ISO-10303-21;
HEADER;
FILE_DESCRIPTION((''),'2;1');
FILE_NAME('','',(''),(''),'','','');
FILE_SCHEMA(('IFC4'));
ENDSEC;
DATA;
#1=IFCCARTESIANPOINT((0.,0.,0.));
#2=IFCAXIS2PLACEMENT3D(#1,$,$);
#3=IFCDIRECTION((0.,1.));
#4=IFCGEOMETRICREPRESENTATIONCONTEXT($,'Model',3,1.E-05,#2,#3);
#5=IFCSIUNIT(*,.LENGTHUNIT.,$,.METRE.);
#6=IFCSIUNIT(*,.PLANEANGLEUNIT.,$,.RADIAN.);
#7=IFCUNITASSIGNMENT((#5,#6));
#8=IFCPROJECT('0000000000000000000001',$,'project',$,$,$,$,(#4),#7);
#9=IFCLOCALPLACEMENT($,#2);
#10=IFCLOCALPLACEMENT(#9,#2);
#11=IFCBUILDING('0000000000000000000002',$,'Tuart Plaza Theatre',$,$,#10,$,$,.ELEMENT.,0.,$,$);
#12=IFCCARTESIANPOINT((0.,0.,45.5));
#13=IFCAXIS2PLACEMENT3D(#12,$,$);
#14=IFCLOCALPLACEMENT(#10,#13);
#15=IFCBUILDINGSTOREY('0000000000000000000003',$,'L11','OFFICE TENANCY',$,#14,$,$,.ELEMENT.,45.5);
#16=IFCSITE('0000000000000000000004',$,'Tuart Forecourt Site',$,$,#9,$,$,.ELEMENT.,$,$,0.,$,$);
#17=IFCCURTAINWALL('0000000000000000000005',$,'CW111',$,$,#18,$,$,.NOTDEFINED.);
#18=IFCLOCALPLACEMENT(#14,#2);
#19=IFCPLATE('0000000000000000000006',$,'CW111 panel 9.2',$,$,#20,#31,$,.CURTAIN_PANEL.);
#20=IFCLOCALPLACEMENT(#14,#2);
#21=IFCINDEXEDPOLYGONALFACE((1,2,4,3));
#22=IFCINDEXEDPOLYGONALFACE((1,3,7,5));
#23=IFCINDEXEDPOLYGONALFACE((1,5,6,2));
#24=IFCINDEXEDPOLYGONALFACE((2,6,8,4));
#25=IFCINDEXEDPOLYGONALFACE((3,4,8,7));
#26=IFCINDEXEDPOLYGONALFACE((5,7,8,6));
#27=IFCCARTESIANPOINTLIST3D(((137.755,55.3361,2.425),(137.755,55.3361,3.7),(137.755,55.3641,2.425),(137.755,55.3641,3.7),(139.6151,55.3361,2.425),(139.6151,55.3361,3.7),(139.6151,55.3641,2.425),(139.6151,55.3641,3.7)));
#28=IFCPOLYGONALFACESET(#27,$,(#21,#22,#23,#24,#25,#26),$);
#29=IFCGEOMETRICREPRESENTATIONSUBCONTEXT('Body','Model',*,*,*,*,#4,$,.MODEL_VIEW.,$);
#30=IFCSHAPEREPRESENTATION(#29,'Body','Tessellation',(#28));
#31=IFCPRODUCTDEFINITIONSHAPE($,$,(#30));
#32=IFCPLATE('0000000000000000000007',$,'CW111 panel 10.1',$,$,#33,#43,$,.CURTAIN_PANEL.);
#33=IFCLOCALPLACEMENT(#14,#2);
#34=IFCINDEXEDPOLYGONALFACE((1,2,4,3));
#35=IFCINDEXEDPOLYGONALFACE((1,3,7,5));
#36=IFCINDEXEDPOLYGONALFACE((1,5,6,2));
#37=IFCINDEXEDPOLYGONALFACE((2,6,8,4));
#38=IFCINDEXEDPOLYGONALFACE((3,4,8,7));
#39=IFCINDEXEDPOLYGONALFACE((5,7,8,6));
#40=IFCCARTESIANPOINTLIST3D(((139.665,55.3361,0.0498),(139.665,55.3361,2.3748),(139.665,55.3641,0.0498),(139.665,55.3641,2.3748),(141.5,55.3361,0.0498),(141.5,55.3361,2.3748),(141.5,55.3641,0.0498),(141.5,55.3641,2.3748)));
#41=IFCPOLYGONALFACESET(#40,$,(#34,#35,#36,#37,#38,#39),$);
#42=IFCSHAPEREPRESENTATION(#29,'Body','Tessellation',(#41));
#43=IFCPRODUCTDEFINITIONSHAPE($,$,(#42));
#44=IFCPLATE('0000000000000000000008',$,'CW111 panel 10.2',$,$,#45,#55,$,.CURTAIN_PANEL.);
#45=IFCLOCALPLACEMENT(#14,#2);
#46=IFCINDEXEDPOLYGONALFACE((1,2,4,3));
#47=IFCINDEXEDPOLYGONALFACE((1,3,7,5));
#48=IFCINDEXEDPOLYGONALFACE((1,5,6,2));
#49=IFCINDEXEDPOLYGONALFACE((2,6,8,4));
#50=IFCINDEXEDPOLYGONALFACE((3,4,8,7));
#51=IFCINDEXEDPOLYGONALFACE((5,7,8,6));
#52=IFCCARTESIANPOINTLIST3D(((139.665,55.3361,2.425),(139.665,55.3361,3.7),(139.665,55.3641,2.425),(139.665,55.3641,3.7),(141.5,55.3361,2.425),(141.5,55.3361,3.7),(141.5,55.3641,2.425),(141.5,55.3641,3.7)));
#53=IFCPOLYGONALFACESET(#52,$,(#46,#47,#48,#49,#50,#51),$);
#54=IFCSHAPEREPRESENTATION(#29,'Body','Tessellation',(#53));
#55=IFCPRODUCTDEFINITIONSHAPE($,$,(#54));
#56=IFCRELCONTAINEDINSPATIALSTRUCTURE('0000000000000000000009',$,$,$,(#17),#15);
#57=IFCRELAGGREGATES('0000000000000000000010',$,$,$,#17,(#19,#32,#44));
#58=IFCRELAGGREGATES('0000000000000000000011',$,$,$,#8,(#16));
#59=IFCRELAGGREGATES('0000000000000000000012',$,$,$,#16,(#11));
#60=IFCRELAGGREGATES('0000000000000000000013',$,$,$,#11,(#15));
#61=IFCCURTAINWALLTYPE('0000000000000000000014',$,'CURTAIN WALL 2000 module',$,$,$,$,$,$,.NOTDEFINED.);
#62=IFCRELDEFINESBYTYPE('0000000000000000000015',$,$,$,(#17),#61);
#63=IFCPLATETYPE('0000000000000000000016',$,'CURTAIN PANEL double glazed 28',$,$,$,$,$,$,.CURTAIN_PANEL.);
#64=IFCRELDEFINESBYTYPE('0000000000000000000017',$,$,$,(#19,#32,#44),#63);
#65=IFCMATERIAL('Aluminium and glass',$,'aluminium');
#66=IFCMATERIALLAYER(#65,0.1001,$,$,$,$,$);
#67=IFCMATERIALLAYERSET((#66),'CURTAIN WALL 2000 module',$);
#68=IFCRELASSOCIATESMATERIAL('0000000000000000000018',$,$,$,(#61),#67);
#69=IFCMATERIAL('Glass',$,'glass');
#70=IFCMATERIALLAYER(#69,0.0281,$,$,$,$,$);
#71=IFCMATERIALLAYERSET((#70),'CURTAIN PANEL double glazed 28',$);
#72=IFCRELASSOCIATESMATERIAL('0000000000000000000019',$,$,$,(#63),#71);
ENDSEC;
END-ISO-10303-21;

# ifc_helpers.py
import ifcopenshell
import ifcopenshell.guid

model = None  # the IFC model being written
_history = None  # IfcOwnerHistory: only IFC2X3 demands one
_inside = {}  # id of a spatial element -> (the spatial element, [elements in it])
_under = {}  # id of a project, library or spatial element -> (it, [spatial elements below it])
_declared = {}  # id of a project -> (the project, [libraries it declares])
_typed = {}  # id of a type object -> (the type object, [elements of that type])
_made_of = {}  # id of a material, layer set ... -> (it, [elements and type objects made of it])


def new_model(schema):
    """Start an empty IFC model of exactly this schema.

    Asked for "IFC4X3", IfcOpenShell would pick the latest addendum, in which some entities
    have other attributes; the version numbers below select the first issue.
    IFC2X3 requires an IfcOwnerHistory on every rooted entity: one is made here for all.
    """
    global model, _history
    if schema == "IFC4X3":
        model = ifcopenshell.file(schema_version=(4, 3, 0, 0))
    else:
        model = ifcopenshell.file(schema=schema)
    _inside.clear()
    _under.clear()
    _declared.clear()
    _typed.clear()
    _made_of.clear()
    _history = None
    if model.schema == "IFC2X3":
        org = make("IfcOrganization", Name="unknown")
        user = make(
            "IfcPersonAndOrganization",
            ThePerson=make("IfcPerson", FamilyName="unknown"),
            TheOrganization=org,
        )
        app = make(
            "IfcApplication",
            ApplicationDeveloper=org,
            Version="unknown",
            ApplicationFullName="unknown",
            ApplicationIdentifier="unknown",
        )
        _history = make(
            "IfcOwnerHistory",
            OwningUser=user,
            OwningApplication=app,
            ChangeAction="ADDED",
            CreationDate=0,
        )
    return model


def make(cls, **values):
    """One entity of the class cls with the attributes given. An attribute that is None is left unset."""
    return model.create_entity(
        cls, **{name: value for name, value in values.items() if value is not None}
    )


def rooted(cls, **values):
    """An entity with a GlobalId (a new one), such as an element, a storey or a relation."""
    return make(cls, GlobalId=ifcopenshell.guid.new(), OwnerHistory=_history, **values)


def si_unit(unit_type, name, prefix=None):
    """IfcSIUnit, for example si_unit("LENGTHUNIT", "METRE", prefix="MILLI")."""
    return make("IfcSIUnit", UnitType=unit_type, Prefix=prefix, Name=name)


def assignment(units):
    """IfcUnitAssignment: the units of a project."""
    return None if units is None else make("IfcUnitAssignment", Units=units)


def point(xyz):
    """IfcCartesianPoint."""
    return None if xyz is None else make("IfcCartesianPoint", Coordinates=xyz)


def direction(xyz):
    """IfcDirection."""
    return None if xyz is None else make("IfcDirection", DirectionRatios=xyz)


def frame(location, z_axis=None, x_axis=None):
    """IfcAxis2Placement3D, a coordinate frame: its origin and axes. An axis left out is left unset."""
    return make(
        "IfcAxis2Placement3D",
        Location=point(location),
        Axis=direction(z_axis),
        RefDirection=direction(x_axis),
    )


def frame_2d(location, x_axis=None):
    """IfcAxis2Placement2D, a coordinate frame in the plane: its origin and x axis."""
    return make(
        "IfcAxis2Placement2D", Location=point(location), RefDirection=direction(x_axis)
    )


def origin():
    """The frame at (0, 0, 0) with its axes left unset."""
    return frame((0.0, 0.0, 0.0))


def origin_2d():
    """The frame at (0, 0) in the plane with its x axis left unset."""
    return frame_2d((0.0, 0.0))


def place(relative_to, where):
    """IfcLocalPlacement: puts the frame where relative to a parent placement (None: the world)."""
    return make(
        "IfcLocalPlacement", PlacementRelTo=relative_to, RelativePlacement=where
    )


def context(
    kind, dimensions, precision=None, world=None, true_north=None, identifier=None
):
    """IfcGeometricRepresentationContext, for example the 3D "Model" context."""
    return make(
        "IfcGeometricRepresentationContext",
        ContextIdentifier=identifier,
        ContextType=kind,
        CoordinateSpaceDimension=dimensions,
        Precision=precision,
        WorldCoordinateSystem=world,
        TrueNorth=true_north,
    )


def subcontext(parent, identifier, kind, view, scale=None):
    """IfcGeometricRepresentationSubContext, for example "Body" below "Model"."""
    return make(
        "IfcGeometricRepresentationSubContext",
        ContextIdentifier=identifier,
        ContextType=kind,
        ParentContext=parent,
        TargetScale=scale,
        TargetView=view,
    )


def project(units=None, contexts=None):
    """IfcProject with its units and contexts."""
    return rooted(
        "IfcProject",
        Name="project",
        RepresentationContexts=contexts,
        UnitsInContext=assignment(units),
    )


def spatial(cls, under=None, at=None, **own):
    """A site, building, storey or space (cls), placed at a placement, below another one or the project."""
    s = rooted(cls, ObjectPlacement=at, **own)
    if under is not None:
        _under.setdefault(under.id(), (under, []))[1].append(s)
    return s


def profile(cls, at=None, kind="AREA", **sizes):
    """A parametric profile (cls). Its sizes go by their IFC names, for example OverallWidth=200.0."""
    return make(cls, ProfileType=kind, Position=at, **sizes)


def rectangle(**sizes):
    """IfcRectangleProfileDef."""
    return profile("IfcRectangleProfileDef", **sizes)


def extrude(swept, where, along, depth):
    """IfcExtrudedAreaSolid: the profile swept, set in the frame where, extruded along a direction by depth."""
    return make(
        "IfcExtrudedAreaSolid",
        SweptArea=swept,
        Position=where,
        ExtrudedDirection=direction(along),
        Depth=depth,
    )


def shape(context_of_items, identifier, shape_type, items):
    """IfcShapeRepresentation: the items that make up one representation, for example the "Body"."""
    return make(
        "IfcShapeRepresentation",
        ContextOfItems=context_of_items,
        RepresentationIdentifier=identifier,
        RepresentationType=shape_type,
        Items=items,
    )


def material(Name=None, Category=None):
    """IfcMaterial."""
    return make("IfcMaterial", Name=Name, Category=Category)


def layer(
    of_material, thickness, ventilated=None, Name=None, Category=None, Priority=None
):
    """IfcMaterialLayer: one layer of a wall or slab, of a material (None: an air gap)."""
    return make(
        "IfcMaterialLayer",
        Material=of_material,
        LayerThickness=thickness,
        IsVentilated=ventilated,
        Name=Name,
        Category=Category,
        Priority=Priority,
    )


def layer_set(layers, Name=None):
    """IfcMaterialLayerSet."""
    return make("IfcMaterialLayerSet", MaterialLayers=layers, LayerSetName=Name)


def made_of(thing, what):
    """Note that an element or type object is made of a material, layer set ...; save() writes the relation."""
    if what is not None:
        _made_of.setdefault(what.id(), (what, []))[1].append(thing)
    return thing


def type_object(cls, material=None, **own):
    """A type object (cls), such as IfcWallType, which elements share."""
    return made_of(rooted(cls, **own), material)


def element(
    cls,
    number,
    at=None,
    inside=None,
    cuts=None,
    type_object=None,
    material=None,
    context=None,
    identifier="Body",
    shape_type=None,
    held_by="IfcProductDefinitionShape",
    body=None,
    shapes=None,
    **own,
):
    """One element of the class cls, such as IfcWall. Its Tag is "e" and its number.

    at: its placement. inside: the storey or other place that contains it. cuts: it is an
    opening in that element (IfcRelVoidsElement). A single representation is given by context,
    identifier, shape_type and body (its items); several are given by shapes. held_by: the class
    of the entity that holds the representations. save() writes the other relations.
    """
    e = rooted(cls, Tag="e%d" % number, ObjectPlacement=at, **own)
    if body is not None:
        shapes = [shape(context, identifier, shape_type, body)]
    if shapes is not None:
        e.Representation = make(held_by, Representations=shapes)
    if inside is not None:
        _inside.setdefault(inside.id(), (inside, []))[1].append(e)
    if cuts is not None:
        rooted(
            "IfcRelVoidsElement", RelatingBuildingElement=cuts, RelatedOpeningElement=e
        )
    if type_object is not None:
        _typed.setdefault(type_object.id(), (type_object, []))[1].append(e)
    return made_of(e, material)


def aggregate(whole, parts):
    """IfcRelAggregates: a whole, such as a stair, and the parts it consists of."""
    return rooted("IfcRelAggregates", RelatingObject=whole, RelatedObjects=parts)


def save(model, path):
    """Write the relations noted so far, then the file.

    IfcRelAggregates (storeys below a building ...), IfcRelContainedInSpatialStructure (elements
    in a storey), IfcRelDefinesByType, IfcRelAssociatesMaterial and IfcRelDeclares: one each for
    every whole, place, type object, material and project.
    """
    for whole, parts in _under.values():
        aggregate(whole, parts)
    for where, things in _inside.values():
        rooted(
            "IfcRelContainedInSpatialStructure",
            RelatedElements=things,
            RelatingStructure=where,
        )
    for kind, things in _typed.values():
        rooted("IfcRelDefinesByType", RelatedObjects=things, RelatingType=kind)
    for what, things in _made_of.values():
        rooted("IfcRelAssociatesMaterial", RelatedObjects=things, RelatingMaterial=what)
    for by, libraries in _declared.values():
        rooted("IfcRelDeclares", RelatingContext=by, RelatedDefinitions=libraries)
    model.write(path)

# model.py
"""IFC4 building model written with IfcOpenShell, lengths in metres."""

from ifc_helpers import new_model, si_unit, direction, frame, origin, origin_2d, place, context, subcontext, project, spatial, rectangle, extrude, material, layer, layer_set, type_object, element, aggregate, save


model = new_model("IFC4")

# Units and contexts
model_context = context("Model", 3, precision=1e-05, world=origin(), true_north=direction((0.0, 1.0)))
body_context = subcontext(model_context, "Body", "Model", "MODEL_VIEW")
ifc_project = project(units=[si_unit("LENGTHUNIT", "METRE"), si_unit("PLANEANGLEUNIT", "RADIAN")], contexts=[model_context])

# Site, building, storey
site_placement = place(None, origin())
site = spatial("IfcSite", under=ifc_project, at=site_placement, Name="Tuart Forecourt Site", CompositionType="ELEMENT", RefElevation=0.0)
building_placement = place(site_placement, origin())
building = spatial("IfcBuilding", under=site, at=building_placement, Name="Tuart Plaza Theatre", CompositionType="ELEMENT", ElevationOfRefHeight=0.0)
storey_placement = place(building_placement, frame((0.0, 0.0, 45.5)))
storey = spatial("IfcBuildingStorey", under=building, at=storey_placement, Name="L11", Description="OFFICE TENANCY", CompositionType="ELEMENT", Elevation=45.5)

# Shared definitions
ifc_material_1 = material(Name="Aluminium and glass", Category="aluminium")
ifc_layer_1 = layer(ifc_material_1, 0.1001)
ifc_layer_set_1 = layer_set([ifc_layer_1], Name="CURTAIN WALL 2000 module")
curtain_wall_type = type_object("IfcCurtainWallType", Name="CURTAIN WALL 2000 module", PredefinedType="NOTDEFINED", material=ifc_layer_set_1)

# Curtain wall
curtain_wall_1_placement = place(storey_placement, origin())
curtain_wall_1 = element("IfcCurtainWall", 1, at=curtain_wall_1_placement, inside=storey, type_object=curtain_wall_type, Name="CW111", PredefinedType="NOTDEFINED")

# Plates
ifc_material_2 = material(Name="Glass", Category="glass")
ifc_layer_2 = layer(ifc_material_2, 0.0281)
ifc_layer_set_2 = layer_set([ifc_layer_2], Name="CURTAIN PANEL double glazed 28")
plate_type = type_object("IfcPlateType", Name="CURTAIN PANEL double glazed 28", PredefinedType="CURTAIN_PANEL", material=ifc_layer_set_2)
plate_1_placement = place(storey_placement, frame((138.6851, 55.3501, 2.425), z_axis=(0.0, 0.0, 1.0), x_axis=(1.0, 0.0, 0.0)))
plate_1 = element("IfcPlate", 2, at=plate_1_placement, type_object=plate_type, Name="CW111 panel 9.2", PredefinedType="CURTAIN_PANEL", context=body_context, shape_type="SweptSolid", body=[
    extrude(rectangle(XDim=1.8601, YDim=0.0281, at=origin_2d()), origin(), (0.0, 0.0, 1.0), 1.2749),
])
plate_2_placement = place(storey_placement, frame((140.5825, 55.3501, 0.0498), z_axis=(0.0, 0.0, 1.0), x_axis=(1.0, 0.0, 0.0)))
plate_2 = element("IfcPlate", 3, at=plate_2_placement, type_object=plate_type, Name="CW111 panel 10.1", PredefinedType="CURTAIN_PANEL", context=body_context, shape_type="SweptSolid", body=[
    extrude(rectangle(XDim=1.835, YDim=0.0281, at=origin_2d()), origin(), (0.0, 0.0, 1.0), 2.325),
])
plate_3_placement = place(storey_placement, frame((140.5825, 55.3501, 2.425), z_axis=(0.0, 0.0, 1.0), x_axis=(1.0, 0.0, 0.0)))
plate_3 = element("IfcPlate", 4, at=plate_3_placement, type_object=plate_type, Name="CW111 panel 10.2", PredefinedType="CURTAIN_PANEL", context=body_context, shape_type="SweptSolid", body=[
    extrude(rectangle(XDim=1.835, YDim=0.0281, at=origin_2d()), origin(), (0.0, 0.0, 1.0), 1.2749),
])
aggregate(curtain_wall_1, [plate_1, plate_2, plate_3])

save(model, "model.ifc")
